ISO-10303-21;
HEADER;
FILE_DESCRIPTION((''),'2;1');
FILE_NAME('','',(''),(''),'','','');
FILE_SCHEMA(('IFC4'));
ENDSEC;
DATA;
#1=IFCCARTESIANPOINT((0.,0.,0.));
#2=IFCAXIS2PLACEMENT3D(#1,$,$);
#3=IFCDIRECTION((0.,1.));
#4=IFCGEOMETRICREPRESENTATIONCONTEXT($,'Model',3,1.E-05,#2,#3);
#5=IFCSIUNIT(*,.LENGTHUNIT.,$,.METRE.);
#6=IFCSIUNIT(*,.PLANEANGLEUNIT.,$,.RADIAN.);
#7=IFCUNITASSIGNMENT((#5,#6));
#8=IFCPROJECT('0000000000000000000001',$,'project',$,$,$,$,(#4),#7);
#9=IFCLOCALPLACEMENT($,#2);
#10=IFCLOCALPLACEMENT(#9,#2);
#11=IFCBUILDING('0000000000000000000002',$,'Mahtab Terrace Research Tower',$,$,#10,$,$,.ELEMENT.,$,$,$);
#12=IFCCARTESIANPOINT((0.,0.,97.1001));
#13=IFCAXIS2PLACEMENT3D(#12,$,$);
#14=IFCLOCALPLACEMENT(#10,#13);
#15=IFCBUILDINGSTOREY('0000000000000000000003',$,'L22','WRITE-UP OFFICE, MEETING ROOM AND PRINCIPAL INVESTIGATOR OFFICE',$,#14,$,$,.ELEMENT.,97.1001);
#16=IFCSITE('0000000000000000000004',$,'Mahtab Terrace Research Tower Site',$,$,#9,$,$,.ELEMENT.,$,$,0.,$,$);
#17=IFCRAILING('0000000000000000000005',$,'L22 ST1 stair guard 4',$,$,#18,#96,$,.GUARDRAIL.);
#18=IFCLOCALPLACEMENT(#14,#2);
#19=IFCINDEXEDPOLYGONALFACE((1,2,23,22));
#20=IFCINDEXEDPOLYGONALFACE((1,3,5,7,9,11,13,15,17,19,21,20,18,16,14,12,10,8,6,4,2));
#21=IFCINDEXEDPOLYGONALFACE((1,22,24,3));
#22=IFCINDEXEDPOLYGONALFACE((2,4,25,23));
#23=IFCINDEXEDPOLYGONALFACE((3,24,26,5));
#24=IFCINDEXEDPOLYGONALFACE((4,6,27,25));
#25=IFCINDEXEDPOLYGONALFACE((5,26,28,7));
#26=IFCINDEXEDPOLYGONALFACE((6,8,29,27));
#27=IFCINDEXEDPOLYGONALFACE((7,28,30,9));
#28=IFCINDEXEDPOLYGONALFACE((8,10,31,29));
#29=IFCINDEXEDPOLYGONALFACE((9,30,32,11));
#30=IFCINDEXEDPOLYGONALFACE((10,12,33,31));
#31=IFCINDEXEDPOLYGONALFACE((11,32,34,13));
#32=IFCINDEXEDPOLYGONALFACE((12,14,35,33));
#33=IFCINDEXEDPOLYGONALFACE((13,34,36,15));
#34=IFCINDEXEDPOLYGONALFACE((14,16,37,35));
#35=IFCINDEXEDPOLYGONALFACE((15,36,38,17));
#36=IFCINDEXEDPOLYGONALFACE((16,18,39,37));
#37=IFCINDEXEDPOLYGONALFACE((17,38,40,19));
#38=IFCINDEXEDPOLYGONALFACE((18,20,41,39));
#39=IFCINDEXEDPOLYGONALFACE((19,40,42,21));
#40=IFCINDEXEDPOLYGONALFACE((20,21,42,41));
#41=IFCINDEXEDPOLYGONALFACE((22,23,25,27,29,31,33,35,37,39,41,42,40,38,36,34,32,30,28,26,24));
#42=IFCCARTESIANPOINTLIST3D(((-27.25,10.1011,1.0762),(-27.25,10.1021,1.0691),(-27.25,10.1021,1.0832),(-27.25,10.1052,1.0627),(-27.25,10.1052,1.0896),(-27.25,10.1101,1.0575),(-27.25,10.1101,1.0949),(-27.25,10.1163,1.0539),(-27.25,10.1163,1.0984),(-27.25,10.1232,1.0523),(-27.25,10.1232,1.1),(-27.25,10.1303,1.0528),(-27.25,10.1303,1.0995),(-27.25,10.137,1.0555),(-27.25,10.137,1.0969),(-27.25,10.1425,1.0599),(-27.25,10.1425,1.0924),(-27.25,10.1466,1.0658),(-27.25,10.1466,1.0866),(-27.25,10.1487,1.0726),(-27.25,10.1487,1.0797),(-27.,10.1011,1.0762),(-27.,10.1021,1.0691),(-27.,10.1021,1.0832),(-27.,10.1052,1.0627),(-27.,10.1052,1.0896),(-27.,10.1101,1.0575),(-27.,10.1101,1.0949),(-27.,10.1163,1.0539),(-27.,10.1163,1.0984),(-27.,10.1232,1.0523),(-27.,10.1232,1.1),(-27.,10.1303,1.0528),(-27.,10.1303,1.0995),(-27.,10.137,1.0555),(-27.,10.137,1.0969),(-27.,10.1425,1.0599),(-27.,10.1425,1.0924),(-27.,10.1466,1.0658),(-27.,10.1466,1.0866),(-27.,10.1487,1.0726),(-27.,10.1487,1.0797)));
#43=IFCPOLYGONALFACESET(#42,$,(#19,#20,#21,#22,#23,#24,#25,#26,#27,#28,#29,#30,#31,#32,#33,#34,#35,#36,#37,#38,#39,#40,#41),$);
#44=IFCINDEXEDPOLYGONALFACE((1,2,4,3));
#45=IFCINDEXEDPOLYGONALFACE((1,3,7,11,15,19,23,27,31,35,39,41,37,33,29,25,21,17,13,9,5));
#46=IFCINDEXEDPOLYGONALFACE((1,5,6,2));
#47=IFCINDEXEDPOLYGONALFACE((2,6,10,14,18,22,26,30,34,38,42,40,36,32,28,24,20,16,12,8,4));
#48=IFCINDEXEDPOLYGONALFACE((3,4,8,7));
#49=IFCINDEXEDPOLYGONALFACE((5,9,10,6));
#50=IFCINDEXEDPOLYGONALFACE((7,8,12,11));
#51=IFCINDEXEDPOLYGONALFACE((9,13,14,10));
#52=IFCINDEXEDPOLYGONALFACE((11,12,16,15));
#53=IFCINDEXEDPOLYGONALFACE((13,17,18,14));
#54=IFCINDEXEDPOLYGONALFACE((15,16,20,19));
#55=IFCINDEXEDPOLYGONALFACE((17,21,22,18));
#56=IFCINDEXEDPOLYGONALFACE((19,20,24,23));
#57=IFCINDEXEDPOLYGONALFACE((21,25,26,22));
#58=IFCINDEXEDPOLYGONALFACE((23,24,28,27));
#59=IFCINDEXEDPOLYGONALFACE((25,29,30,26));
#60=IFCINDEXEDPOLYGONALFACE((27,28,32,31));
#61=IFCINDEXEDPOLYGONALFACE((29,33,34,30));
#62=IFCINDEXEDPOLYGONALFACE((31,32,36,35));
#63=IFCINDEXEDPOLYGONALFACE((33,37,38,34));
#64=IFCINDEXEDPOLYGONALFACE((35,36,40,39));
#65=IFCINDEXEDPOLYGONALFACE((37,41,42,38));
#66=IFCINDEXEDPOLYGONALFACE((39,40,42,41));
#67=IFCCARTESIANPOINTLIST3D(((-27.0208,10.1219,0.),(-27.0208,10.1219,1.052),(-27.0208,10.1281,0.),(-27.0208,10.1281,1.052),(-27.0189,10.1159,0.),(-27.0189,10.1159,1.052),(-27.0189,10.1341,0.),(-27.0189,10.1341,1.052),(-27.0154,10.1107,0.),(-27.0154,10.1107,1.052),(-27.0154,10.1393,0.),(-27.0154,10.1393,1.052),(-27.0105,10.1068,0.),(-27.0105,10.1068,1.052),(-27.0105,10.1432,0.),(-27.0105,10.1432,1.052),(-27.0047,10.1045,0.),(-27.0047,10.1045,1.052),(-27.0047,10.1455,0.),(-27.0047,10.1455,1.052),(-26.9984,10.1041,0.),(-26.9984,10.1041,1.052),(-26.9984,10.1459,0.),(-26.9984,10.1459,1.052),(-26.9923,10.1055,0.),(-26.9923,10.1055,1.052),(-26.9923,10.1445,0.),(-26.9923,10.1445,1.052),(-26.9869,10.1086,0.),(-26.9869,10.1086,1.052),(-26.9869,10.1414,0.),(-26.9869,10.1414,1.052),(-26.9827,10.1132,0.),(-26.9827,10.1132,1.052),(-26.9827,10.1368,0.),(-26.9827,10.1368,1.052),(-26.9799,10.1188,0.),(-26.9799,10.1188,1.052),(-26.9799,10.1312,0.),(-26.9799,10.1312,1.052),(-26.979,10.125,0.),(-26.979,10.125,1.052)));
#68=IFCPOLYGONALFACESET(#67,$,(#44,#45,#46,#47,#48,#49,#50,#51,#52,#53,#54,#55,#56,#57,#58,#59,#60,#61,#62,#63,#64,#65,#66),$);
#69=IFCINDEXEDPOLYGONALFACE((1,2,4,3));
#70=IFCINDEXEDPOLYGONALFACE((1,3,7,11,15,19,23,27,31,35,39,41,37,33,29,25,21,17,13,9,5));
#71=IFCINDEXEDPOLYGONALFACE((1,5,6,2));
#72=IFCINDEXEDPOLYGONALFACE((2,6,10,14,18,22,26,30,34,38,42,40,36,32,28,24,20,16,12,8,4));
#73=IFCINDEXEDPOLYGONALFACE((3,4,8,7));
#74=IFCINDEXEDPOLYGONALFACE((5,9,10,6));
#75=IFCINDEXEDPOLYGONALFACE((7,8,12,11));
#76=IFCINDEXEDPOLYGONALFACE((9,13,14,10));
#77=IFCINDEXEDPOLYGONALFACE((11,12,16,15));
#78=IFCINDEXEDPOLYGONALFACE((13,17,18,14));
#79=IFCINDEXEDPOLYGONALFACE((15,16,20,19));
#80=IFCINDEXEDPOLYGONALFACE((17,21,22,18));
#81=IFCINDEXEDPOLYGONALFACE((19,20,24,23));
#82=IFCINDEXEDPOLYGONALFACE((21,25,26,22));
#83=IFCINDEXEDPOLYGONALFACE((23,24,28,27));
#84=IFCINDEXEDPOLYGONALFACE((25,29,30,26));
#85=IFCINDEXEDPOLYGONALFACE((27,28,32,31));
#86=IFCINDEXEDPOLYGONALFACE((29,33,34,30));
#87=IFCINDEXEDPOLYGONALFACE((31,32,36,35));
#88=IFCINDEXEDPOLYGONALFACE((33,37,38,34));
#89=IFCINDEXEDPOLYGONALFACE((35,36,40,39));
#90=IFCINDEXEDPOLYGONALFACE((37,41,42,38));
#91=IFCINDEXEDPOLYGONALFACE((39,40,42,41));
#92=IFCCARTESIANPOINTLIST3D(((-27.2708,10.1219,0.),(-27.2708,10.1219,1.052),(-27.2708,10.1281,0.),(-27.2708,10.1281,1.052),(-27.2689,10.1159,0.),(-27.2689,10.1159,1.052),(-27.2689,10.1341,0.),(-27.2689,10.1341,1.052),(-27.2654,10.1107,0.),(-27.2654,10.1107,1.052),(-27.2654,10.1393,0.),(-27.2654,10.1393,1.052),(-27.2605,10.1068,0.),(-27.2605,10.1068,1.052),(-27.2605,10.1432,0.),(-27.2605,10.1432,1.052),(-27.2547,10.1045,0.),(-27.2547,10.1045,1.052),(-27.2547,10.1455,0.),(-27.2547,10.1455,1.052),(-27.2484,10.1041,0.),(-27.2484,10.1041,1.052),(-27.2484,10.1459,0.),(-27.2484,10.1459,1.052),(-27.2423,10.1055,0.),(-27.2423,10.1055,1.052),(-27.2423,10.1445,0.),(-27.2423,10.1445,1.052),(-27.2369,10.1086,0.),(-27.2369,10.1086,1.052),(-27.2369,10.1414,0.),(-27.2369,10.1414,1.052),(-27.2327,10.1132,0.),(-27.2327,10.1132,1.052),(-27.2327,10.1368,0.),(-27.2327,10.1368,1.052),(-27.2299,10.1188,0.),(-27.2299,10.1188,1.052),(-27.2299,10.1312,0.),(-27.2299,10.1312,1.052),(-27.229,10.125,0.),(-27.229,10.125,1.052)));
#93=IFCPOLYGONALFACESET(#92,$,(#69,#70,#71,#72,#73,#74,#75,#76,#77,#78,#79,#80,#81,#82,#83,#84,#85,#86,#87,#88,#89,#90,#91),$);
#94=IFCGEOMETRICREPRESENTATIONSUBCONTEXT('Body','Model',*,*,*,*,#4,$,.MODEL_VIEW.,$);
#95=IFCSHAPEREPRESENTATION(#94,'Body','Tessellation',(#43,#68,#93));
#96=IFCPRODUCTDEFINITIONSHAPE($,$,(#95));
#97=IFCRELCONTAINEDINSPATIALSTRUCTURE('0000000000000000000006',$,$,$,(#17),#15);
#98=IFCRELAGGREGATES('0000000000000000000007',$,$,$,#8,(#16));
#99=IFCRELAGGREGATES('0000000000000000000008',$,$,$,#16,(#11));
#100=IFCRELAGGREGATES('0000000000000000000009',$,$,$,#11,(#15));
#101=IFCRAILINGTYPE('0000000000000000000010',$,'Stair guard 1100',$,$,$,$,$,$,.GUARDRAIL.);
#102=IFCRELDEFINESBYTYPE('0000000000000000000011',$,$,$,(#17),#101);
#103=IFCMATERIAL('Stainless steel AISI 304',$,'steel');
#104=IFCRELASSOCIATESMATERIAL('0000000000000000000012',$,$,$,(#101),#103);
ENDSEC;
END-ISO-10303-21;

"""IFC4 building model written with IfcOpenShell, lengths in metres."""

from ifc_helpers import new_model, si_unit, direction, frame, origin, origin_2d, place, context, subcontext, project, spatial, circle, extrude, material, type_object, element, save


model = new_model("IFC4")

# Units and contexts
model_context = context("Model", 3, precision=1e-05, world=origin(), true_north=direction((0.0, 1.0)))
body_context = subcontext(model_context, "Body", "Model", "MODEL_VIEW")
ifc_project = project(units=[si_unit("LENGTHUNIT", "METRE"), si_unit("PLANEANGLEUNIT", "RADIAN")], contexts=[model_context])

# Site, building, storey
site_placement = place(None, origin())
site = spatial("IfcSite", under=ifc_project, at=site_placement, Name="Mahtab Terrace Research Tower Site", CompositionType="ELEMENT", RefElevation=0.0)
building_placement = place(site_placement, origin())
building = spatial("IfcBuilding", under=site, at=building_placement, Name="Mahtab Terrace Research Tower", CompositionType="ELEMENT")
storey_placement = place(building_placement, frame((0.0, 0.0, 97.1001)))
storey = spatial("IfcBuildingStorey", under=building, at=storey_placement, Name="L22", Description="WRITE-UP OFFICE, MEETING ROOM AND PRINCIPAL INVESTIGATOR OFFICE", CompositionType="ELEMENT", Elevation=97.1001)

# Railing
ifc_material_1 = material(Name="Stainless steel AISI 304", Category="steel")
railing_type_1 = type_object("IfcRailingType", Name="Stair guard 1100", PredefinedType="GUARDRAIL", material=ifc_material_1)
railing_1_placement = place(storey_placement, frame((-27.0, 10.125, 0.0)))
element("IfcRailing", 1, at=railing_1_placement, inside=storey, type_object=railing_type_1, Name="L22 ST1 stair guard 4", PredefinedType="GUARDRAIL", context=body_context, shape_type="SweptSolid", body=[
    extrude(circle(Radius=0.0239, at=origin_2d()), frame((0.0, 0.0, 1.0762), z_axis=(-1.0, 0.0, 0.0), x_axis=(0.0, -1.0, 0.0)), (0.0, 0.0, 1.0), 0.25),
    extrude(circle(Radius=0.021, at=origin_2d()), origin(), (0.0, 0.0, 1.0), 1.052),
    extrude(circle(Radius=0.021, at=origin_2d()), frame((-0.25, 0.0, 0.0)), (0.0, 0.0, 1.0), 1.052),
])

save(model, "model.ifc")
